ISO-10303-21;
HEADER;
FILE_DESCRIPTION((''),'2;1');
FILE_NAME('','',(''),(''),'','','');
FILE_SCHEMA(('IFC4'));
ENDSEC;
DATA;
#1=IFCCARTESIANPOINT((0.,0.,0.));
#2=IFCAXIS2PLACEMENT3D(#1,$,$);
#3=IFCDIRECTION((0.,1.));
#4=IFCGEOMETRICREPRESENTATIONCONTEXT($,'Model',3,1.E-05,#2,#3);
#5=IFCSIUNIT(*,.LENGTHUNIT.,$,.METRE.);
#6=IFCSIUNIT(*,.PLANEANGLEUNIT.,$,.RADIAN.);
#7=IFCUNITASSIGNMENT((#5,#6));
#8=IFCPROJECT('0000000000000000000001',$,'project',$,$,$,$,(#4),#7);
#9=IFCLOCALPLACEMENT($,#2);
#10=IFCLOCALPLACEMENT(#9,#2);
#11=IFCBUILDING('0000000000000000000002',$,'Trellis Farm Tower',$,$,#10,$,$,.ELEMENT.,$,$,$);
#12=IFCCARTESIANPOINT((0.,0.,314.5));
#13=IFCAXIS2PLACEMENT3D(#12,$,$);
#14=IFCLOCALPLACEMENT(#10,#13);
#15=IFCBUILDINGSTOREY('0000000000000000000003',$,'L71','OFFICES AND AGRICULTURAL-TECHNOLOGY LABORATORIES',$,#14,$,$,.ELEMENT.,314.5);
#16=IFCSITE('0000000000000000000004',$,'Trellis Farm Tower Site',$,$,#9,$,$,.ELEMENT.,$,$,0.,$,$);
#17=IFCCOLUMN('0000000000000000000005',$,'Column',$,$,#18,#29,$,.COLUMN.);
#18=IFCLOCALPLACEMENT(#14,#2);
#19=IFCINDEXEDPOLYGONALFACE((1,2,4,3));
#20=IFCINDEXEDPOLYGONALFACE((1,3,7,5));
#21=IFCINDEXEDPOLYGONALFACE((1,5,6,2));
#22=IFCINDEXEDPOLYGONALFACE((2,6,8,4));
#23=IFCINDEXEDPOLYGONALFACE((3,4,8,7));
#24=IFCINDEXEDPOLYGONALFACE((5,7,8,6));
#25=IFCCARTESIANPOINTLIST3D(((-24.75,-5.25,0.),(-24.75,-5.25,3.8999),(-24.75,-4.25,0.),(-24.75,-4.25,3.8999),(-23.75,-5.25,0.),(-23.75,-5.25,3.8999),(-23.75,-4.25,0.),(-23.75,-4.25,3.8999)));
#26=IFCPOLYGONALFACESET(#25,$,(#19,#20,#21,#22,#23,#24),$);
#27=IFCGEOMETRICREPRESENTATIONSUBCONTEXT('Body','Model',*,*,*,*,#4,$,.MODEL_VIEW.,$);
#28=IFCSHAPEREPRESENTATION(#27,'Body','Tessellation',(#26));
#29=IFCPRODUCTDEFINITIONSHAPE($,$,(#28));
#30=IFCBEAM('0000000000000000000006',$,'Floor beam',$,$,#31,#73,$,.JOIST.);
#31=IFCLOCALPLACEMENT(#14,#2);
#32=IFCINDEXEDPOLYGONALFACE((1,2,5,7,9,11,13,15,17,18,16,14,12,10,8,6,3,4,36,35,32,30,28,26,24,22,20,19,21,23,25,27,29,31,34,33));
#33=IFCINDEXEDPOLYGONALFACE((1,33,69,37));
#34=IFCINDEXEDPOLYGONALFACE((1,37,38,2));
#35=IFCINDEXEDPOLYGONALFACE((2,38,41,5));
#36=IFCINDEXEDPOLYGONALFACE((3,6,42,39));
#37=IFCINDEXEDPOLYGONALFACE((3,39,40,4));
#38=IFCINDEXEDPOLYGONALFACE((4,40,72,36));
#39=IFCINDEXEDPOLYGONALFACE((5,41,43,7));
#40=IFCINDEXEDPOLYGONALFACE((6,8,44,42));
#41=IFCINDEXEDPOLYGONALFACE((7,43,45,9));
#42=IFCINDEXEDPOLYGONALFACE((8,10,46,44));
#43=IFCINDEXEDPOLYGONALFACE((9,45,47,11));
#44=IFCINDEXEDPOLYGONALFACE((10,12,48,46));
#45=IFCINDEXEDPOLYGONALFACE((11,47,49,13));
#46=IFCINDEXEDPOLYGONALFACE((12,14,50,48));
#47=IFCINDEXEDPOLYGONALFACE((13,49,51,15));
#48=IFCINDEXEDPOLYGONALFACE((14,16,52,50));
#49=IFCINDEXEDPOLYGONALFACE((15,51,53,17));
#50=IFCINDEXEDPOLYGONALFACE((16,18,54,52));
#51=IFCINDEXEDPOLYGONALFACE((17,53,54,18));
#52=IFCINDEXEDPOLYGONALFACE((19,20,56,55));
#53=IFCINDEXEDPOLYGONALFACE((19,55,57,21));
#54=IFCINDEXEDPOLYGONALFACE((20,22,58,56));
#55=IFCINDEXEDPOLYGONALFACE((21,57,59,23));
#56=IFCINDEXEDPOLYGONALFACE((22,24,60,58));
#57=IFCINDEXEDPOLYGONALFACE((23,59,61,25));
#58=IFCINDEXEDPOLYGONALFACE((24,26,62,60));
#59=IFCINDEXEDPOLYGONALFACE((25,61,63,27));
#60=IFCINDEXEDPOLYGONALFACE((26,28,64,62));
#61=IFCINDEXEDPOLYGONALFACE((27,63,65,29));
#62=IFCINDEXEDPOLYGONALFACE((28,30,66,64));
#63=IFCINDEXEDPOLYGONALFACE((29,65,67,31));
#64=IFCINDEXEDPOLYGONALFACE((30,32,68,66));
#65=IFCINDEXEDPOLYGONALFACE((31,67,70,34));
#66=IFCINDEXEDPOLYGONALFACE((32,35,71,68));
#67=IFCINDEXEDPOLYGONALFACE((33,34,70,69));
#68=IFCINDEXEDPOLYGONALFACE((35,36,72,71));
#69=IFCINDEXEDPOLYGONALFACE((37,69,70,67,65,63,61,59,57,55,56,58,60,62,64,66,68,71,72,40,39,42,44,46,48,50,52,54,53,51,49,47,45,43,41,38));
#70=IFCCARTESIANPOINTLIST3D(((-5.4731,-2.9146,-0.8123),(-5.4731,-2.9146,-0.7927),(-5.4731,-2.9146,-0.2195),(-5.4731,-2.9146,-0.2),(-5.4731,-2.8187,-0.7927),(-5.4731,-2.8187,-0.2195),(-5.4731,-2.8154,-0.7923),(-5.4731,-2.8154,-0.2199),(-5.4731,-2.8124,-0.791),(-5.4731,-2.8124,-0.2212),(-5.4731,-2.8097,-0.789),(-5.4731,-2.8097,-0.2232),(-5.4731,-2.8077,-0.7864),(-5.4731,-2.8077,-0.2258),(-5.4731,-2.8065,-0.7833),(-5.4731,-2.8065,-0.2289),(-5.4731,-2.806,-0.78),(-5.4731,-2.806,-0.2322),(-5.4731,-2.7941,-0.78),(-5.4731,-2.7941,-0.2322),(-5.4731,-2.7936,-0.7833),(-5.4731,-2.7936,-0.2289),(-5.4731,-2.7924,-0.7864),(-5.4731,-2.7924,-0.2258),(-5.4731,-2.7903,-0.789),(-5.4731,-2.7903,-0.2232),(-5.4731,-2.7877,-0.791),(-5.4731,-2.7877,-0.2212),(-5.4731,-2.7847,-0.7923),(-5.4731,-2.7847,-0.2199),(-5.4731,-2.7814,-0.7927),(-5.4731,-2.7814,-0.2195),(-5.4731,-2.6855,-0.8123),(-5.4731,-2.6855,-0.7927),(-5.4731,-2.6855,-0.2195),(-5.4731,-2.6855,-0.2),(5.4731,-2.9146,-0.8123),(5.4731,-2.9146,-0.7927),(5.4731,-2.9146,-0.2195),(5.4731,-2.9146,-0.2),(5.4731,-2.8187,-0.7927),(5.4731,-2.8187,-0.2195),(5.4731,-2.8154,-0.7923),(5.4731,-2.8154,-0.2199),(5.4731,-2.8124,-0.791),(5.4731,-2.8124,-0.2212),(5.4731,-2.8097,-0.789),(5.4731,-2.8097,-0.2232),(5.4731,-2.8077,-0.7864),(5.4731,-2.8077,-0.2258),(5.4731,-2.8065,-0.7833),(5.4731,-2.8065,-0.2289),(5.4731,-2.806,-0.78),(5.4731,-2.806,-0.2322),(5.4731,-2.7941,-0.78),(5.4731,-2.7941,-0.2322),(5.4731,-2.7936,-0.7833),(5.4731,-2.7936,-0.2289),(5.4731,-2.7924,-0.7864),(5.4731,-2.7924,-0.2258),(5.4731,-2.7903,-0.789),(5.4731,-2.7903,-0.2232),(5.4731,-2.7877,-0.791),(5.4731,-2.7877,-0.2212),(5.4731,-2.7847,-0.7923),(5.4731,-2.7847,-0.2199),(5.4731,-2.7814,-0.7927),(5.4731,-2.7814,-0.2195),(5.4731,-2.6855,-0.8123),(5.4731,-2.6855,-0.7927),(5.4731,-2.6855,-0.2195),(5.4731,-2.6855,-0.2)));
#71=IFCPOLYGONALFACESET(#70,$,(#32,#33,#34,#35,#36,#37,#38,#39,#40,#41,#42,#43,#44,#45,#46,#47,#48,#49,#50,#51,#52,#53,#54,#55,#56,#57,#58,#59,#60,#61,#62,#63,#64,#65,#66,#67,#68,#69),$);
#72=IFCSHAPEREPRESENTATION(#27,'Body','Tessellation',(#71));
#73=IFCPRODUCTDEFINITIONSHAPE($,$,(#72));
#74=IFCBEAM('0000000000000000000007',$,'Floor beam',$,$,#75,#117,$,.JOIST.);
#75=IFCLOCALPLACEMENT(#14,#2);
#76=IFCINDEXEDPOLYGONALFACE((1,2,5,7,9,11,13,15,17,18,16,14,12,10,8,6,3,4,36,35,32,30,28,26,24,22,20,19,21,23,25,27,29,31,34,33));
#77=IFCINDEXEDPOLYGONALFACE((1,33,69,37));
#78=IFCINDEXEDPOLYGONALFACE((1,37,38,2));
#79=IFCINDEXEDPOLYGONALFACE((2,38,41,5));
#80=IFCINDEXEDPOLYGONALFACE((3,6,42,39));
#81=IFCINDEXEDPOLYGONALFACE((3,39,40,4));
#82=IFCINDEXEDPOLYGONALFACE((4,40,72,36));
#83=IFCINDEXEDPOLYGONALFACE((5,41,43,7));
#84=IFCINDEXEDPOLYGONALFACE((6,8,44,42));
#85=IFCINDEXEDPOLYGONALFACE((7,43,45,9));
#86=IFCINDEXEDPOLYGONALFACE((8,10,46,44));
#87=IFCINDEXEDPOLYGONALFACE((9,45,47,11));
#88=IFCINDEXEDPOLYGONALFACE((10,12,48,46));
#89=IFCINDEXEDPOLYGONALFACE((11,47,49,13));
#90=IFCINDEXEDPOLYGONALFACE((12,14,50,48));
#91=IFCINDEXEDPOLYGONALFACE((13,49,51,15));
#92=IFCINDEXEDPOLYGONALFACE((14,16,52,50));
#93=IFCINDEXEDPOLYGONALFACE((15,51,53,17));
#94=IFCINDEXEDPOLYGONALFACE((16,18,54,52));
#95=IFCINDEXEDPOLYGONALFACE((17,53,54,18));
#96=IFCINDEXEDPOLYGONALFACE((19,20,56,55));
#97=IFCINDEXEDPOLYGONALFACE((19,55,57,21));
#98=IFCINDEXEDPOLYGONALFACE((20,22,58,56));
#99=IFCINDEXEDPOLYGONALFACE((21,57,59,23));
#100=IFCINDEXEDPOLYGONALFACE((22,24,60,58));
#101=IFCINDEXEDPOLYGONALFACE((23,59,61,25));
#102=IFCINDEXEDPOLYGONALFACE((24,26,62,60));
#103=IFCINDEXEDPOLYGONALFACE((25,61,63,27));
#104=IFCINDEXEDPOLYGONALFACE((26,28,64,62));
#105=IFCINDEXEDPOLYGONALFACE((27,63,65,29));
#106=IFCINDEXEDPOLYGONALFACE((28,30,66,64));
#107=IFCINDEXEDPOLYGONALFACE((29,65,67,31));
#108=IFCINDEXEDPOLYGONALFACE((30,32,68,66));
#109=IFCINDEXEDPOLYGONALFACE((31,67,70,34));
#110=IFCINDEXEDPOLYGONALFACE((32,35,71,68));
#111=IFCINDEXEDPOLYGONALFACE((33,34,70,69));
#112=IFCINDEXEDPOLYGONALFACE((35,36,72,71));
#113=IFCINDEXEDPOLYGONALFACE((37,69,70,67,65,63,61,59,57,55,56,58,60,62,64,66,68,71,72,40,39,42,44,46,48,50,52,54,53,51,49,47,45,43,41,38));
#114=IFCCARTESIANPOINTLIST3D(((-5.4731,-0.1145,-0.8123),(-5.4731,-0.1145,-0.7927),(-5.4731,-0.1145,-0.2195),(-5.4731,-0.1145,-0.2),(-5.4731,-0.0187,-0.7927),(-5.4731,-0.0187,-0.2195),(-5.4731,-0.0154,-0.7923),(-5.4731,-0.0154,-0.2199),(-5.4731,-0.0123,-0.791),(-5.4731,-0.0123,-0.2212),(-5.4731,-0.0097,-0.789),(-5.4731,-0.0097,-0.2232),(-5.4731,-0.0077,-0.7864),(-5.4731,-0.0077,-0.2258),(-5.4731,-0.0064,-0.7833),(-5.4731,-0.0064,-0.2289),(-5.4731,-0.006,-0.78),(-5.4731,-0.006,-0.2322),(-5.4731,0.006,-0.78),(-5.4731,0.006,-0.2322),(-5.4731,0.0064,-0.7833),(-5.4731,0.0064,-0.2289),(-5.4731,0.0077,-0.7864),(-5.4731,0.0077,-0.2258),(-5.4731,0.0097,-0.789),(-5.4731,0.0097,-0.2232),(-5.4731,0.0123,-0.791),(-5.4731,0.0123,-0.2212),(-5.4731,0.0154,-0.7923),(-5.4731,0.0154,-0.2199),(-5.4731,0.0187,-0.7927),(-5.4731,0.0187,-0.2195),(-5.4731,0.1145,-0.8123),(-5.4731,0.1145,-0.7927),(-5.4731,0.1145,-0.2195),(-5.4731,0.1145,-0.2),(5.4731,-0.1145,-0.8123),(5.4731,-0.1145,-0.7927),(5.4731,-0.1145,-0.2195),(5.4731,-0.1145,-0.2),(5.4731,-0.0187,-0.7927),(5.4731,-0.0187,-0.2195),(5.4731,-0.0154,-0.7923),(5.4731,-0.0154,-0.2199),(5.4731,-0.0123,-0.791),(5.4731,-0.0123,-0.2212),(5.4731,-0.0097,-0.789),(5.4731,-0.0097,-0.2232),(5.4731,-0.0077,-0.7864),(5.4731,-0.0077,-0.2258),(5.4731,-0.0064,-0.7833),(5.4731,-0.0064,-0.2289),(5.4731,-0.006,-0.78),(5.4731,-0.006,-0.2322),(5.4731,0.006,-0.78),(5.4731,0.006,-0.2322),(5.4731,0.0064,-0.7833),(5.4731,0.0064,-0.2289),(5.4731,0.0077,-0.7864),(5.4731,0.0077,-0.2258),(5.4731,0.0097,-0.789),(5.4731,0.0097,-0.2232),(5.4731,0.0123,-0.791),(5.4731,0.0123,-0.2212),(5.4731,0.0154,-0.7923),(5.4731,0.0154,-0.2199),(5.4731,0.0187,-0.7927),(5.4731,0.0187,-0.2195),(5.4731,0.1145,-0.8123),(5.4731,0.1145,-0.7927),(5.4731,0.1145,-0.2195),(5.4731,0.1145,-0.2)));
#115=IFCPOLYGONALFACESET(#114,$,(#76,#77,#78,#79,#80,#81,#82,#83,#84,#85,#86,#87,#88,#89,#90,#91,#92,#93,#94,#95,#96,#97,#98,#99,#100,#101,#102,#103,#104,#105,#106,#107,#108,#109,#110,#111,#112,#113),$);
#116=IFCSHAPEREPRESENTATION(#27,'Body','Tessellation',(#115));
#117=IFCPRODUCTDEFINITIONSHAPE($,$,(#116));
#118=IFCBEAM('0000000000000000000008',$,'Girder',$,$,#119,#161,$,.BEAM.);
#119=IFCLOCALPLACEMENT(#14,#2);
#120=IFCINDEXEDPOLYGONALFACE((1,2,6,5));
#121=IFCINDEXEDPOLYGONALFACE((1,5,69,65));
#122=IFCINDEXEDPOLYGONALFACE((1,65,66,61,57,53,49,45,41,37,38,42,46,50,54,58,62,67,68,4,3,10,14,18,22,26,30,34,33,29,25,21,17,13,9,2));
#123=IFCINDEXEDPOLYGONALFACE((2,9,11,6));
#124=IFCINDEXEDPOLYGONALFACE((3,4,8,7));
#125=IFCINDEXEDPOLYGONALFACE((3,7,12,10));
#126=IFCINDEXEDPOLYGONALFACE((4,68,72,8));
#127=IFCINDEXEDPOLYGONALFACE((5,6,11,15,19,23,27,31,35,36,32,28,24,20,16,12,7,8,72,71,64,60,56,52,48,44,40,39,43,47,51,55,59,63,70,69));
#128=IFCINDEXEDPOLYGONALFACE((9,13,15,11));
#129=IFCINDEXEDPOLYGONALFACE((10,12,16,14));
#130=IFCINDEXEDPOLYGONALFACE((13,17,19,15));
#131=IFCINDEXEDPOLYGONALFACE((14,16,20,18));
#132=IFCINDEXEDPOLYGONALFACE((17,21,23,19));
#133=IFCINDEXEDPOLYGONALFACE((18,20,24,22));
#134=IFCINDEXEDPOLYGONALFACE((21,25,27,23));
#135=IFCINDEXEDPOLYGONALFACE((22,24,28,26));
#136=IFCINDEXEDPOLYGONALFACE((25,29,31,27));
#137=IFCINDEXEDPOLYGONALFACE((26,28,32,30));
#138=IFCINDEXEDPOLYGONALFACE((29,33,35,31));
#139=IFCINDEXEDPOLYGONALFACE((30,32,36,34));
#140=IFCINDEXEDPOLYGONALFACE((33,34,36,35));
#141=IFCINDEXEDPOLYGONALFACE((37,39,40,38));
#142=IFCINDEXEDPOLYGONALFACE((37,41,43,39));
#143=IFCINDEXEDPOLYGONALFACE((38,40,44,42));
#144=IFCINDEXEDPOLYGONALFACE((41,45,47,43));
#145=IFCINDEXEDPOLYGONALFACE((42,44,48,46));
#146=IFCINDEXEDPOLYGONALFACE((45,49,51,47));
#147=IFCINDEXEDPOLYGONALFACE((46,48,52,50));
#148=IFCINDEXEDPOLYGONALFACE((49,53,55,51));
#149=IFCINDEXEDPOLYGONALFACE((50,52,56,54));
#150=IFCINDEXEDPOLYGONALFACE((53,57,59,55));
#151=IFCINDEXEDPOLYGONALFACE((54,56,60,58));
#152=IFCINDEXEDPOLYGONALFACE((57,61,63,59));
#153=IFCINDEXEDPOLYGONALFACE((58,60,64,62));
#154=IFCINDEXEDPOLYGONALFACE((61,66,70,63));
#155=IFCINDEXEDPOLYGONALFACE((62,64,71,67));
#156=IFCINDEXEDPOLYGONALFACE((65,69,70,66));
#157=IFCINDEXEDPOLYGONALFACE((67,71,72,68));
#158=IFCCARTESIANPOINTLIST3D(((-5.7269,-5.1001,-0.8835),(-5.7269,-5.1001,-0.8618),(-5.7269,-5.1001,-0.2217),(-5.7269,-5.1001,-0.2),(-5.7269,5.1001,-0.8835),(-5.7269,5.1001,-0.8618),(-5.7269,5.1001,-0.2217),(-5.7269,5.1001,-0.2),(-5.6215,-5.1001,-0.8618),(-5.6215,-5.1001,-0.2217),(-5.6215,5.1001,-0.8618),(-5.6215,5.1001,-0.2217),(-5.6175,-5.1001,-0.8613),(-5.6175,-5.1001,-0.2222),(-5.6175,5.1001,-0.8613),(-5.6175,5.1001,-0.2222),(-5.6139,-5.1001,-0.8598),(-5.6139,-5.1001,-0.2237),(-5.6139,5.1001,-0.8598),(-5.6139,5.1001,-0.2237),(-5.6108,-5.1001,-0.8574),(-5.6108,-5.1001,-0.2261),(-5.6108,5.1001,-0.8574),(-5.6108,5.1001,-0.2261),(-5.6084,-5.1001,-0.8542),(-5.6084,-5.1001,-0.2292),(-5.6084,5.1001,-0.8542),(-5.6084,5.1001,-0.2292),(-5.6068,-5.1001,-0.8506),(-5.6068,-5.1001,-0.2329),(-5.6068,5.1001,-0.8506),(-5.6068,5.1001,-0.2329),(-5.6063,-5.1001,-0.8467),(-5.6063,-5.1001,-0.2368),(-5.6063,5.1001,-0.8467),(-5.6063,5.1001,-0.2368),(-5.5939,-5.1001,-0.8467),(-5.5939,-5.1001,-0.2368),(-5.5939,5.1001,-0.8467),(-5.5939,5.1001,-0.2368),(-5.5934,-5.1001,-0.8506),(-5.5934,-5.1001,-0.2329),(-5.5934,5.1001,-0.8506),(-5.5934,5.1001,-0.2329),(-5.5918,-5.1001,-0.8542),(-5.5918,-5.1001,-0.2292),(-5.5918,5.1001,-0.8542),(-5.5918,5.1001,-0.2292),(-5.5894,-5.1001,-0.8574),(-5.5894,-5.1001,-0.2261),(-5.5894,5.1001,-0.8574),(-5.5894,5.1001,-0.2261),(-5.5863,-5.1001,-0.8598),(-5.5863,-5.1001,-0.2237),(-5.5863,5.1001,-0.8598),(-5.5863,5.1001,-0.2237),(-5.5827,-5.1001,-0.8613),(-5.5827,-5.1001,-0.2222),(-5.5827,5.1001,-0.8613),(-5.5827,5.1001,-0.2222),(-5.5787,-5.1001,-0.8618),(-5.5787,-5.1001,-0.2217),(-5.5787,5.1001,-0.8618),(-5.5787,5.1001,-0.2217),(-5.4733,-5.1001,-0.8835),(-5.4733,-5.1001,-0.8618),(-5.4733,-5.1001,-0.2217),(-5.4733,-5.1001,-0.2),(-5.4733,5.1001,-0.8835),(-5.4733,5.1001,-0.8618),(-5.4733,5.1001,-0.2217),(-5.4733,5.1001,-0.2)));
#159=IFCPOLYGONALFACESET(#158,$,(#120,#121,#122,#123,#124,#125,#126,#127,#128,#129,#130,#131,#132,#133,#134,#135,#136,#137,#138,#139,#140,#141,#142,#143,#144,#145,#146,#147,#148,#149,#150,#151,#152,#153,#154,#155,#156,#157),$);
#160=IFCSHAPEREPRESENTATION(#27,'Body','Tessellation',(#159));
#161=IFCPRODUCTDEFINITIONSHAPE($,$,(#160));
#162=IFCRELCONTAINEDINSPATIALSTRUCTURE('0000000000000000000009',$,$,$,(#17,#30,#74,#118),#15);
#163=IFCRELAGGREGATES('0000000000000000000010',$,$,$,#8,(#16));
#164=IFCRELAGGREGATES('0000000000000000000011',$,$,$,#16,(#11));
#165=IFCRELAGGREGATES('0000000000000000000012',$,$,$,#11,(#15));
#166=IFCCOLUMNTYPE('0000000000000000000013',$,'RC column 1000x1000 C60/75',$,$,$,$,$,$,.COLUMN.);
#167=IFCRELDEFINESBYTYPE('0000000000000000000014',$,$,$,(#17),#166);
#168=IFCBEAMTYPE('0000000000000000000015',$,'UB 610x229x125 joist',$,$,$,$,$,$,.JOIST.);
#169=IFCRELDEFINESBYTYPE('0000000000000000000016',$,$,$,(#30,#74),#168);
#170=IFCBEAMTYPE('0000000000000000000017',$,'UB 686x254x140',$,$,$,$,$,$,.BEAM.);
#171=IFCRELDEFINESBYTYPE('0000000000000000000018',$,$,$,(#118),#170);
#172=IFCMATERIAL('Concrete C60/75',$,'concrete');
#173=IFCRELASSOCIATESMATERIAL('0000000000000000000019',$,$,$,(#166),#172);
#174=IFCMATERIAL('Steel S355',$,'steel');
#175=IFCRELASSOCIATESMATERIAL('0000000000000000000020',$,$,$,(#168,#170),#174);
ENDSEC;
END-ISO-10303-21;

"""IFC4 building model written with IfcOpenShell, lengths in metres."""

from ifc_helpers import new_model, si_unit, direction, frame, origin, origin_2d, place, context, subcontext, project, spatial, rectangle, i_section, extrude, source, transform, mapped, material, material_profile, profile_set, type_object, element, save


model = new_model("IFC4")

# Units and contexts
model_context = context("Model", 3, precision=1e-05, world=origin(), true_north=direction((0.0, 1.0)))
body_context = subcontext(model_context, "Body", "Model", "MODEL_VIEW")
ifc_project = project(units=[si_unit("LENGTHUNIT", "METRE"), si_unit("PLANEANGLEUNIT", "RADIAN")], contexts=[model_context])

# Site, building, storey
site_placement = place(None, origin())
site = spatial("IfcSite", under=ifc_project, at=site_placement, Name="Trellis Farm Tower Site", CompositionType="ELEMENT", RefElevation=0.0)
building_placement = place(site_placement, origin())
building = spatial("IfcBuilding", under=site, at=building_placement, Name="Trellis Farm Tower", CompositionType="ELEMENT")
storey_placement = place(building_placement, frame((0.0, 0.0, 314.5)))
storey = spatial("IfcBuildingStorey", under=building, at=storey_placement, Name="L71", Description="OFFICES AND AGRICULTURAL-TECHNOLOGY LABORATORIES", CompositionType="ELEMENT", Elevation=314.5)

# Column
ifc_material_1 = material(Name="Concrete C60/75", Category="concrete")
ifc_material_profile_1 = material_profile(ifc_material_1, rectangle(XDim=1.0, YDim=1.0, at=origin_2d()), Name="RC column 1000x1000 C60/75")
ifc_profile_set_1 = profile_set([ifc_material_profile_1], Name="Concrete C60/75")
column_type = type_object("IfcColumnType", Name="RC column 1000x1000 C60/75", PredefinedType="COLUMN", material=ifc_profile_set_1)
shared_shape_1 = source(origin(), body_context, "Body", "SweptSolid", [
    extrude(rectangle(XDim=1.0, YDim=1.0, at=origin_2d()), origin(), (0.0, 0.0, 1.0), 3.8999),
])
column_placement = place(storey_placement, frame((-24.25, -4.75, 0.0), z_axis=(0.0, 0.0, 1.0), x_axis=(1.0, 0.0, 0.0)))
element("IfcColumn", 1, at=column_placement, inside=storey, type_object=column_type, Name="Column", PredefinedType="COLUMN", context=body_context, shape_type="MappedRepresentation", body=[
    mapped(shared_shape_1, transform((0.0, 0.0, 0.0))),
])

# Beams
ifc_material_2 = material(Name="Steel S355", Category="steel")
ifc_material_profile_2 = material_profile(ifc_material_2, i_section(OverallWidth=0.229, OverallDepth=0.6123, WebThickness=0.012, FlangeThickness=0.0195, FilletRadius=0.0127, at=origin_2d()), Name="UB 610x229x125")
ifc_profile_set_2 = profile_set([ifc_material_profile_2], Name="Steel S355")
beam_type_1 = type_object("IfcBeamType", Name="UB 610x229x125 joist", PredefinedType="JOIST", material=ifc_profile_set_2)
shared_shape_2 = source(origin(), body_context, "Body", "SweptSolid", [
    extrude(i_section(OverallWidth=0.229, OverallDepth=0.6123, WebThickness=0.012, FlangeThickness=0.0195, FilletRadius=0.0127, at=origin_2d()), origin(), (0.0, 0.0, 1.0), 10.9463),
])
for number, where, z_axis, x_axis, name in (
    (2, (-5.4731, -2.8, -0.5061), (1.0, 0.0, 0.0), (0.0, 1.0, 0.0), "Floor beam"),
    (3, (-5.4731, 0.0, -0.5061), (1.0, 0.0, 0.0), (0.0, 1.0, 0.0), "Floor beam"),
):
    element("IfcBeam", number, at=place(storey_placement, frame(where, z_axis=z_axis, x_axis=x_axis)), inside=storey, type_object=beam_type_1, Name=name, PredefinedType="JOIST", context=body_context, shape_type="MappedRepresentation", body=[
        mapped(shared_shape_2, transform((0.0, 0.0, 0.0))),
    ])
ifc_material_profile_3 = material_profile(ifc_material_2, i_section(OverallWidth=0.2537, OverallDepth=0.6836, WebThickness=0.0125, FlangeThickness=0.0217, FilletRadius=0.0151, at=origin_2d()), Name="UB 686x254x140")
ifc_profile_set_3 = profile_set([ifc_material_profile_3], Name="Steel S355")
beam_type_2 = type_object("IfcBeamType", Name="UB 686x254x140", PredefinedType="BEAM", material=ifc_profile_set_3)
shared_shape_3 = source(origin(), body_context, "Body", "SweptSolid", [
    extrude(i_section(OverallWidth=0.2537, OverallDepth=0.6836, WebThickness=0.0125, FlangeThickness=0.0217, FilletRadius=0.0151, at=origin_2d()), origin(), (0.0, 0.0, 1.0), 10.2002),
])
beam_1_placement = place(storey_placement, frame((-5.6001, -5.1001, -0.5417), z_axis=(0.0, 1.0, 0.0), x_axis=(-1.0, 0.0, 0.0)))
element("IfcBeam", 4, at=beam_1_placement, inside=storey, type_object=beam_type_2, Name="Girder", PredefinedType="BEAM", context=body_context, shape_type="MappedRepresentation", body=[
    mapped(shared_shape_3, transform((0.0, 0.0, 0.0))),
])

save(model, "model.ifc")
